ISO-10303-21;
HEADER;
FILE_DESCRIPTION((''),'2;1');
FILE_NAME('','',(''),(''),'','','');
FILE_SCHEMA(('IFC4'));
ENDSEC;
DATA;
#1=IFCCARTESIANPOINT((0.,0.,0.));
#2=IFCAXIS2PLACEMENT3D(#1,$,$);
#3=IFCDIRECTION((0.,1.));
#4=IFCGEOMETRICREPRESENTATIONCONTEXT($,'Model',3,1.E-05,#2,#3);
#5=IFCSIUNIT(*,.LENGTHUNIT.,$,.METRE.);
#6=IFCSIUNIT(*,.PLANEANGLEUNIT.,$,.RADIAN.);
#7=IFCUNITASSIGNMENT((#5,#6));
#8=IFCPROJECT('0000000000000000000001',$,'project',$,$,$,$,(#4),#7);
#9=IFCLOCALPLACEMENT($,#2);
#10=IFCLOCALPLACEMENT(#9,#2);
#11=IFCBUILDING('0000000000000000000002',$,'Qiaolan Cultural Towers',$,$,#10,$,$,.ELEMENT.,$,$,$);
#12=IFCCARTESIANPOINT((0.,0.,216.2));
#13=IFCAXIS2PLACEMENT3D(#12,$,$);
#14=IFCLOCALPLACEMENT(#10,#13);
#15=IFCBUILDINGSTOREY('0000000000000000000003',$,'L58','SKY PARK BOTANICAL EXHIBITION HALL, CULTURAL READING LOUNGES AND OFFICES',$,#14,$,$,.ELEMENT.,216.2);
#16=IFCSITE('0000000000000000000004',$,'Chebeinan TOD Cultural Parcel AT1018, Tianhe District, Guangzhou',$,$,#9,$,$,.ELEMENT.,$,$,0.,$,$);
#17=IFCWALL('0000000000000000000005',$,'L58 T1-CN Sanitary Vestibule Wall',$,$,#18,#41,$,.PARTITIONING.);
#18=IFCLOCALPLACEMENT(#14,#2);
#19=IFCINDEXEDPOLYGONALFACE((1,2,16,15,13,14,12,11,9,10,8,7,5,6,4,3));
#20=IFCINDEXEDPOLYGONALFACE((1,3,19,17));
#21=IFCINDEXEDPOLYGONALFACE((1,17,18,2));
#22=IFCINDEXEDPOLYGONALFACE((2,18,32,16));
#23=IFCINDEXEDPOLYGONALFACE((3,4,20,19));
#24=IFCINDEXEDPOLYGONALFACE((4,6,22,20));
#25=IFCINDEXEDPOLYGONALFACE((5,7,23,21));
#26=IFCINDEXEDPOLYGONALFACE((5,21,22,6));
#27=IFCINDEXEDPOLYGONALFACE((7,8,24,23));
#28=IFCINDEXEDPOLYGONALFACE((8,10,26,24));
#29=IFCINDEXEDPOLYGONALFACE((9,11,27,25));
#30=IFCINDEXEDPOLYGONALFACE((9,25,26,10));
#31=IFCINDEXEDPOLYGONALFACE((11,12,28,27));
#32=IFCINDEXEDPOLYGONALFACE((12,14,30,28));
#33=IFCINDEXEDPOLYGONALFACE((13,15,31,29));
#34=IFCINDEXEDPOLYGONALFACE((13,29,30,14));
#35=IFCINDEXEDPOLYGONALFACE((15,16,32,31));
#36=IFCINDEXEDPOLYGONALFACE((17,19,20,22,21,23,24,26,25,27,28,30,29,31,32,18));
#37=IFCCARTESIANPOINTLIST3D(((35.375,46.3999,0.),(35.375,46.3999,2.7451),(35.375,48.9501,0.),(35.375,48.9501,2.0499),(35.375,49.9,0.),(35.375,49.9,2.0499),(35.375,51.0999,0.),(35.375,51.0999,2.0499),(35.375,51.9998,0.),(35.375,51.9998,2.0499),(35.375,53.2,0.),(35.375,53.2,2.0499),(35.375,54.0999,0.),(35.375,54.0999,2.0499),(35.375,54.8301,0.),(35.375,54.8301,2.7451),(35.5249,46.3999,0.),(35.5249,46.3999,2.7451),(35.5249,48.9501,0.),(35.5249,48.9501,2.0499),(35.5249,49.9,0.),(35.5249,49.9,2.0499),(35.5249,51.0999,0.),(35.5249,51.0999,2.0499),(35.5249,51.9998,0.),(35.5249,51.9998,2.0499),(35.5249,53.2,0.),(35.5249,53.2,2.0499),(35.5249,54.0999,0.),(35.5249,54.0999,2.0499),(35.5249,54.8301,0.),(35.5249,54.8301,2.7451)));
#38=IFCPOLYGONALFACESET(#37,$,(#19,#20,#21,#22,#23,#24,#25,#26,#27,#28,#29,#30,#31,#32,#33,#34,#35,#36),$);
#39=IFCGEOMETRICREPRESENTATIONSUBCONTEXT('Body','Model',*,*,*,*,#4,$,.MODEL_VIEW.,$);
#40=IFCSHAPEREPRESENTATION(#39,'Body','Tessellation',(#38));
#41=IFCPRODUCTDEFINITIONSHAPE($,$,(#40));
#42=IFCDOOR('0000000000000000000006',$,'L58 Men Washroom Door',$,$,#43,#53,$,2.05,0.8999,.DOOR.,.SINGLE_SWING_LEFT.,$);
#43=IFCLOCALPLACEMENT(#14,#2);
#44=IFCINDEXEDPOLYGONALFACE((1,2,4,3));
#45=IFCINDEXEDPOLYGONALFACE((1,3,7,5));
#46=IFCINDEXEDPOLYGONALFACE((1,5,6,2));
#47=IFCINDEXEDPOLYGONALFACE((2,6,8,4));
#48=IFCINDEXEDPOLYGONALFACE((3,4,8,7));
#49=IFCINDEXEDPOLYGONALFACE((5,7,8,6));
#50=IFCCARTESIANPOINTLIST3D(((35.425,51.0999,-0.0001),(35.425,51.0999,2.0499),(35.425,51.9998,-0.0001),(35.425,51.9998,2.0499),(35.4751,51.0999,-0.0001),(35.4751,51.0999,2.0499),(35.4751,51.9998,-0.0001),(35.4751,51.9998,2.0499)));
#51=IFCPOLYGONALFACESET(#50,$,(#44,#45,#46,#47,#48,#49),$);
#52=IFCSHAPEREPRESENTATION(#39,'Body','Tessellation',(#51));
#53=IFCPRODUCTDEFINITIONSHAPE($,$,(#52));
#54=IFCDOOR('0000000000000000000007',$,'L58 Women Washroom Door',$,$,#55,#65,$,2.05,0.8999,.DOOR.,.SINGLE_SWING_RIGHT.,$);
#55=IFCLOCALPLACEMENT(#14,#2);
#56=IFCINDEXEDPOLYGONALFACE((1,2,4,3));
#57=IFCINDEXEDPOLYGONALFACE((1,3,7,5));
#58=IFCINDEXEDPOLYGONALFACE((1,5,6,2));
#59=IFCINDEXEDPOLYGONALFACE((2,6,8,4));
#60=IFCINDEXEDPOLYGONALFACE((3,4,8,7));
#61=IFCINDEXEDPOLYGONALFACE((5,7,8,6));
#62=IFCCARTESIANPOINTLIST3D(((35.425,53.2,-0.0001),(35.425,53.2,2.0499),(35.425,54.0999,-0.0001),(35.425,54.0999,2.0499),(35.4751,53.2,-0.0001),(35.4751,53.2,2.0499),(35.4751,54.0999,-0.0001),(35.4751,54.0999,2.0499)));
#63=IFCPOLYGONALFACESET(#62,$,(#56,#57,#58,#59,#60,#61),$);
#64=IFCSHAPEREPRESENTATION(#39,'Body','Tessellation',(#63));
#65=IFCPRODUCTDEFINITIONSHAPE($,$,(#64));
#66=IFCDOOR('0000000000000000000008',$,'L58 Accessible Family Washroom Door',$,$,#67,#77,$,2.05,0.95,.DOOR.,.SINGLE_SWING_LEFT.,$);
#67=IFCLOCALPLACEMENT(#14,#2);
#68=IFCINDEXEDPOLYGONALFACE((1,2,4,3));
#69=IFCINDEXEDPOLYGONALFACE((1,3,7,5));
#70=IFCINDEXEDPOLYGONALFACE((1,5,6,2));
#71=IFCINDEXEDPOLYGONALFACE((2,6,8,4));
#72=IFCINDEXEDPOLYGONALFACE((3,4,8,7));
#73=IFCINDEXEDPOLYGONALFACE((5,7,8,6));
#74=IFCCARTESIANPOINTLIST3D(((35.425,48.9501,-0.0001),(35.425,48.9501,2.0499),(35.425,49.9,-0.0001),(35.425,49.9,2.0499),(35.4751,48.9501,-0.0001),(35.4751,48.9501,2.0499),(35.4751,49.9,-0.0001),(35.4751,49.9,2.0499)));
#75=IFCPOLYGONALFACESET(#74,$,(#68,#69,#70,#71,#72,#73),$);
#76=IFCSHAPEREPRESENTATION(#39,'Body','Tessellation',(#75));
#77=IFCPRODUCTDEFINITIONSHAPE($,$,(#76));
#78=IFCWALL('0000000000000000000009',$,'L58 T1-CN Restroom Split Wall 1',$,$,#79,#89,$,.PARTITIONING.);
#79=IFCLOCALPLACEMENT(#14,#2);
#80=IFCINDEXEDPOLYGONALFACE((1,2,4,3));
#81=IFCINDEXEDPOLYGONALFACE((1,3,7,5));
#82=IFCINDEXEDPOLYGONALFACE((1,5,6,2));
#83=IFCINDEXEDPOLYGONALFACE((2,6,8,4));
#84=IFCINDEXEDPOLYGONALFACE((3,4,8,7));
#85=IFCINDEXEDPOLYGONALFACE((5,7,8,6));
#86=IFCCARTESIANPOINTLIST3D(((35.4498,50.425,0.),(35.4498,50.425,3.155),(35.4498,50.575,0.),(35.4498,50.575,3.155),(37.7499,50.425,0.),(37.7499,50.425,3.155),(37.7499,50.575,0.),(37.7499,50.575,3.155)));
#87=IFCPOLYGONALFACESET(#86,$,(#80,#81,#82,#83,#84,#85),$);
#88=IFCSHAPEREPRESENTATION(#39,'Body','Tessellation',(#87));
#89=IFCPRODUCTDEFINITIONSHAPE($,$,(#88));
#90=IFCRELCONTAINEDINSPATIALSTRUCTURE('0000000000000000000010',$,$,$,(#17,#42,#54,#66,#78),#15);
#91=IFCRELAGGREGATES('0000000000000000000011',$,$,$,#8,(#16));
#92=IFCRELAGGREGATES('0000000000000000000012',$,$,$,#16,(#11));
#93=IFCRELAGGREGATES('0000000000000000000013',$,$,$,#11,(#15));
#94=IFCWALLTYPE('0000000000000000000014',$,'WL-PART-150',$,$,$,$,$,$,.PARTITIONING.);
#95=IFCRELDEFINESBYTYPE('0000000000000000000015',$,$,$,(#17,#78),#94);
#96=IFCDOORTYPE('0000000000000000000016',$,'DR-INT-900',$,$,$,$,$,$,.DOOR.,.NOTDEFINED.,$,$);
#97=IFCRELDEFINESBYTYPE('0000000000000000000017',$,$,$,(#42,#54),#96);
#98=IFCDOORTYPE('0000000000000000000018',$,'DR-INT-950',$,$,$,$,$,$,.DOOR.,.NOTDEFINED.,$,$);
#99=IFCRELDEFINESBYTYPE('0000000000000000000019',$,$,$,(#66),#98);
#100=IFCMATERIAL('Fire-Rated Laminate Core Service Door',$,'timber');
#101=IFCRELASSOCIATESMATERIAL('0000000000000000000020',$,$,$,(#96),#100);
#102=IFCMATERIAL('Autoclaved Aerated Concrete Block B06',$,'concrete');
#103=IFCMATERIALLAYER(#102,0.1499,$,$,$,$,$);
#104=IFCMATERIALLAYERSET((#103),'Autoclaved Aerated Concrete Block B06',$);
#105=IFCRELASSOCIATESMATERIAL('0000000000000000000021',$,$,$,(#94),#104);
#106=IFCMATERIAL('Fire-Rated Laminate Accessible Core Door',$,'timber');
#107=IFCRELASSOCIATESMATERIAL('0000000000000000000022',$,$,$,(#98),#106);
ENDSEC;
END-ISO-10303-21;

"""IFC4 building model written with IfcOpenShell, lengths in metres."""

from ifc_helpers import new_model, si_unit, direction, frame, frame_2d, origin, place, context, subcontext, project, spatial, rectangle, extrude, material, layer, layer_set, type_object, element, fill, save


model = new_model("IFC4")

# Units and contexts
model_context = context("Model", 3, precision=1e-05, world=origin(), true_north=direction((0.0, 1.0)))
body_context = subcontext(model_context, "Body", "Model", "MODEL_VIEW")
ifc_project = project(units=[si_unit("LENGTHUNIT", "METRE"), si_unit("PLANEANGLEUNIT", "RADIAN")], contexts=[model_context])

# Site, building, storey
site_placement = place(None, origin())
site = spatial("IfcSite", under=ifc_project, at=site_placement, Name="Chebeinan TOD Cultural Parcel AT1018, Tianhe District, Guangzhou", CompositionType="ELEMENT", RefElevation=0.0)
building_placement = place(site_placement, origin())
building = spatial("IfcBuilding", under=site, at=building_placement, Name="Qiaolan Cultural Towers", CompositionType="ELEMENT")
storey_placement = place(building_placement, frame((0.0, 0.0, 216.2)))
storey = spatial("IfcBuildingStorey", under=building, at=storey_placement, Name="L58", Description="SKY PARK BOTANICAL EXHIBITION HALL, CULTURAL READING LOUNGES AND OFFICES", CompositionType="ELEMENT", Elevation=216.2)

# Shared definitions
ifc_material_1 = material(Name="Fire-Rated Laminate Core Service Door", Category="timber")
door_type_1 = type_object("IfcDoorType", Name="DR-INT-900", OperationType="NOTDEFINED", PredefinedType="DOOR", material=ifc_material_1)

# Shared definitions
ifc_material_2 = material(Name="Autoclaved Aerated Concrete Block B06", Category="concrete")
ifc_layer_1 = layer(ifc_material_2, 0.1499)
ifc_layer_set_1 = layer_set([ifc_layer_1], Name="Autoclaved Aerated Concrete Block B06")
wall_type_1 = type_object("IfcWallType", Name="WL-PART-150", PredefinedType="PARTITIONING", material=ifc_layer_set_1)
ifc_material_3 = material(Name="Fire-Rated Laminate Accessible Core Door", Category="timber")
door_type_2 = type_object("IfcDoorType", Name="DR-INT-950", OperationType="NOTDEFINED", PredefinedType="DOOR", material=ifc_material_3)

# Wall, openings, doors
wall_1_placement = place(storey_placement, frame((35.45, 46.3999, 0.0), z_axis=(0.0, 0.0, 1.0), x_axis=(0.0, 1.0, 0.0)))
wall_1 = element("IfcWall", 1, at=wall_1_placement, inside=storey, type_object=wall_type_1, Name="L58 T1-CN Sanitary Vestibule Wall", PredefinedType="PARTITIONING", context=body_context, shape_type="SweptSolid", body=[
    extrude(rectangle(XDim=8.4302, YDim=0.1499, at=frame_2d((4.2151, 0.0))), origin(), (0.0, 0.0, 1.0), 2.7451),
])
opening_1_placement = place(wall_1_placement, frame((2.55, 0.0, 0.0)))
opening_1 = element("IfcOpeningElement", 2, at=opening_1_placement, cuts=wall_1, PredefinedType="OPENING", context=body_context, shape_type="SweptSolid", body=[
    extrude(rectangle(XDim=0.95, YDim=2.05, at=frame_2d((0.4751, 1.0249))), frame((0.0, 0.085, 0.0), z_axis=(0.0, -1.0, 0.0), x_axis=(1.0, 0.0, 0.0)), (0.0, 0.0, 1.0), 0.1699),
])
opening_2_placement = place(wall_1_placement, frame((4.7, 0.0, 0.0)))
opening_2 = element("IfcOpeningElement", 3, at=opening_2_placement, cuts=wall_1, PredefinedType="OPENING", context=body_context, shape_type="SweptSolid", body=[
    extrude(rectangle(XDim=0.8999, YDim=2.05, at=frame_2d((0.45, 1.0249))), frame((0.0, 0.085, 0.0), z_axis=(0.0, -1.0, 0.0), x_axis=(1.0, 0.0, 0.0)), (0.0, 0.0, 1.0), 0.1699),
])
opening_3_placement = place(wall_1_placement, frame((6.8, 0.0, 0.0)))
opening_3 = element("IfcOpeningElement", 4, at=opening_3_placement, cuts=wall_1, PredefinedType="OPENING", context=body_context, shape_type="SweptSolid", body=[
    extrude(rectangle(XDim=0.8999, YDim=2.05, at=frame_2d((0.45, 1.0249))), frame((0.0, 0.085, 0.0), z_axis=(0.0, -1.0, 0.0), x_axis=(1.0, 0.0, 0.0)), (0.0, 0.0, 1.0), 0.1699),
])
door_1_placement = place(opening_2_placement, origin())
door_1 = element("IfcDoor", 5, at=door_1_placement, inside=storey, type_object=door_type_1, Name="L58 Men Washroom Door", OperationType="SINGLE_SWING_LEFT", OverallHeight=2.05, OverallWidth=0.8999, PredefinedType="DOOR", context=body_context, shape_type="SweptSolid", body=[
    extrude(rectangle(XDim=0.8999, YDim=2.05, at=frame_2d((0.45, 1.0249))), frame((0.0, 0.0249, 0.0), z_axis=(0.0, -1.0, 0.0), x_axis=(1.0, 0.0, 0.0)), (0.0, 0.0, 1.0), 0.05),
])
fill(opening_2, door_1)
door_2_placement = place(opening_3_placement, origin())
door_2 = element("IfcDoor", 6, at=door_2_placement, inside=storey, type_object=door_type_1, Name="L58 Women Washroom Door", OperationType="SINGLE_SWING_RIGHT", OverallHeight=2.05, OverallWidth=0.8999, PredefinedType="DOOR", context=body_context, shape_type="SweptSolid", body=[
    extrude(rectangle(XDim=0.8999, YDim=2.05, at=frame_2d((0.45, 1.0249))), frame((0.0, 0.0249, 0.0), z_axis=(0.0, -1.0, 0.0), x_axis=(1.0, 0.0, 0.0)), (0.0, 0.0, 1.0), 0.05),
])
fill(opening_3, door_2)
door_3_placement = place(opening_1_placement, origin())
door_3 = element("IfcDoor", 7, at=door_3_placement, inside=storey, type_object=door_type_2, Name="L58 Accessible Family Washroom Door", OperationType="SINGLE_SWING_LEFT", OverallHeight=2.05, OverallWidth=0.95, PredefinedType="DOOR", context=body_context, shape_type="SweptSolid", body=[
    extrude(rectangle(XDim=0.95, YDim=2.05, at=frame_2d((0.4751, 1.0249))), frame((0.0, 0.0249, 0.0), z_axis=(0.0, -1.0, 0.0), x_axis=(1.0, 0.0, 0.0)), (0.0, 0.0, 1.0), 0.05),
])
fill(opening_1, door_3)

# Wall
wall_2_placement = place(storey_placement, frame((35.45, 50.5, 0.0), z_axis=(0.0, 0.0, 1.0), x_axis=(1.0, 0.0, 0.0)))
element("IfcWall", 8, at=wall_2_placement, inside=storey, type_object=wall_type_1, Name="L58 T1-CN Restroom Split Wall 1", PredefinedType="PARTITIONING", context=body_context, shape_type="SweptSolid", body=[
    extrude(rectangle(XDim=2.3, YDim=0.1499, at=frame_2d((1.1499, 0.0))), origin(), (0.0, 0.0, 1.0), 3.155),
])

save(model, "model.ifc")
